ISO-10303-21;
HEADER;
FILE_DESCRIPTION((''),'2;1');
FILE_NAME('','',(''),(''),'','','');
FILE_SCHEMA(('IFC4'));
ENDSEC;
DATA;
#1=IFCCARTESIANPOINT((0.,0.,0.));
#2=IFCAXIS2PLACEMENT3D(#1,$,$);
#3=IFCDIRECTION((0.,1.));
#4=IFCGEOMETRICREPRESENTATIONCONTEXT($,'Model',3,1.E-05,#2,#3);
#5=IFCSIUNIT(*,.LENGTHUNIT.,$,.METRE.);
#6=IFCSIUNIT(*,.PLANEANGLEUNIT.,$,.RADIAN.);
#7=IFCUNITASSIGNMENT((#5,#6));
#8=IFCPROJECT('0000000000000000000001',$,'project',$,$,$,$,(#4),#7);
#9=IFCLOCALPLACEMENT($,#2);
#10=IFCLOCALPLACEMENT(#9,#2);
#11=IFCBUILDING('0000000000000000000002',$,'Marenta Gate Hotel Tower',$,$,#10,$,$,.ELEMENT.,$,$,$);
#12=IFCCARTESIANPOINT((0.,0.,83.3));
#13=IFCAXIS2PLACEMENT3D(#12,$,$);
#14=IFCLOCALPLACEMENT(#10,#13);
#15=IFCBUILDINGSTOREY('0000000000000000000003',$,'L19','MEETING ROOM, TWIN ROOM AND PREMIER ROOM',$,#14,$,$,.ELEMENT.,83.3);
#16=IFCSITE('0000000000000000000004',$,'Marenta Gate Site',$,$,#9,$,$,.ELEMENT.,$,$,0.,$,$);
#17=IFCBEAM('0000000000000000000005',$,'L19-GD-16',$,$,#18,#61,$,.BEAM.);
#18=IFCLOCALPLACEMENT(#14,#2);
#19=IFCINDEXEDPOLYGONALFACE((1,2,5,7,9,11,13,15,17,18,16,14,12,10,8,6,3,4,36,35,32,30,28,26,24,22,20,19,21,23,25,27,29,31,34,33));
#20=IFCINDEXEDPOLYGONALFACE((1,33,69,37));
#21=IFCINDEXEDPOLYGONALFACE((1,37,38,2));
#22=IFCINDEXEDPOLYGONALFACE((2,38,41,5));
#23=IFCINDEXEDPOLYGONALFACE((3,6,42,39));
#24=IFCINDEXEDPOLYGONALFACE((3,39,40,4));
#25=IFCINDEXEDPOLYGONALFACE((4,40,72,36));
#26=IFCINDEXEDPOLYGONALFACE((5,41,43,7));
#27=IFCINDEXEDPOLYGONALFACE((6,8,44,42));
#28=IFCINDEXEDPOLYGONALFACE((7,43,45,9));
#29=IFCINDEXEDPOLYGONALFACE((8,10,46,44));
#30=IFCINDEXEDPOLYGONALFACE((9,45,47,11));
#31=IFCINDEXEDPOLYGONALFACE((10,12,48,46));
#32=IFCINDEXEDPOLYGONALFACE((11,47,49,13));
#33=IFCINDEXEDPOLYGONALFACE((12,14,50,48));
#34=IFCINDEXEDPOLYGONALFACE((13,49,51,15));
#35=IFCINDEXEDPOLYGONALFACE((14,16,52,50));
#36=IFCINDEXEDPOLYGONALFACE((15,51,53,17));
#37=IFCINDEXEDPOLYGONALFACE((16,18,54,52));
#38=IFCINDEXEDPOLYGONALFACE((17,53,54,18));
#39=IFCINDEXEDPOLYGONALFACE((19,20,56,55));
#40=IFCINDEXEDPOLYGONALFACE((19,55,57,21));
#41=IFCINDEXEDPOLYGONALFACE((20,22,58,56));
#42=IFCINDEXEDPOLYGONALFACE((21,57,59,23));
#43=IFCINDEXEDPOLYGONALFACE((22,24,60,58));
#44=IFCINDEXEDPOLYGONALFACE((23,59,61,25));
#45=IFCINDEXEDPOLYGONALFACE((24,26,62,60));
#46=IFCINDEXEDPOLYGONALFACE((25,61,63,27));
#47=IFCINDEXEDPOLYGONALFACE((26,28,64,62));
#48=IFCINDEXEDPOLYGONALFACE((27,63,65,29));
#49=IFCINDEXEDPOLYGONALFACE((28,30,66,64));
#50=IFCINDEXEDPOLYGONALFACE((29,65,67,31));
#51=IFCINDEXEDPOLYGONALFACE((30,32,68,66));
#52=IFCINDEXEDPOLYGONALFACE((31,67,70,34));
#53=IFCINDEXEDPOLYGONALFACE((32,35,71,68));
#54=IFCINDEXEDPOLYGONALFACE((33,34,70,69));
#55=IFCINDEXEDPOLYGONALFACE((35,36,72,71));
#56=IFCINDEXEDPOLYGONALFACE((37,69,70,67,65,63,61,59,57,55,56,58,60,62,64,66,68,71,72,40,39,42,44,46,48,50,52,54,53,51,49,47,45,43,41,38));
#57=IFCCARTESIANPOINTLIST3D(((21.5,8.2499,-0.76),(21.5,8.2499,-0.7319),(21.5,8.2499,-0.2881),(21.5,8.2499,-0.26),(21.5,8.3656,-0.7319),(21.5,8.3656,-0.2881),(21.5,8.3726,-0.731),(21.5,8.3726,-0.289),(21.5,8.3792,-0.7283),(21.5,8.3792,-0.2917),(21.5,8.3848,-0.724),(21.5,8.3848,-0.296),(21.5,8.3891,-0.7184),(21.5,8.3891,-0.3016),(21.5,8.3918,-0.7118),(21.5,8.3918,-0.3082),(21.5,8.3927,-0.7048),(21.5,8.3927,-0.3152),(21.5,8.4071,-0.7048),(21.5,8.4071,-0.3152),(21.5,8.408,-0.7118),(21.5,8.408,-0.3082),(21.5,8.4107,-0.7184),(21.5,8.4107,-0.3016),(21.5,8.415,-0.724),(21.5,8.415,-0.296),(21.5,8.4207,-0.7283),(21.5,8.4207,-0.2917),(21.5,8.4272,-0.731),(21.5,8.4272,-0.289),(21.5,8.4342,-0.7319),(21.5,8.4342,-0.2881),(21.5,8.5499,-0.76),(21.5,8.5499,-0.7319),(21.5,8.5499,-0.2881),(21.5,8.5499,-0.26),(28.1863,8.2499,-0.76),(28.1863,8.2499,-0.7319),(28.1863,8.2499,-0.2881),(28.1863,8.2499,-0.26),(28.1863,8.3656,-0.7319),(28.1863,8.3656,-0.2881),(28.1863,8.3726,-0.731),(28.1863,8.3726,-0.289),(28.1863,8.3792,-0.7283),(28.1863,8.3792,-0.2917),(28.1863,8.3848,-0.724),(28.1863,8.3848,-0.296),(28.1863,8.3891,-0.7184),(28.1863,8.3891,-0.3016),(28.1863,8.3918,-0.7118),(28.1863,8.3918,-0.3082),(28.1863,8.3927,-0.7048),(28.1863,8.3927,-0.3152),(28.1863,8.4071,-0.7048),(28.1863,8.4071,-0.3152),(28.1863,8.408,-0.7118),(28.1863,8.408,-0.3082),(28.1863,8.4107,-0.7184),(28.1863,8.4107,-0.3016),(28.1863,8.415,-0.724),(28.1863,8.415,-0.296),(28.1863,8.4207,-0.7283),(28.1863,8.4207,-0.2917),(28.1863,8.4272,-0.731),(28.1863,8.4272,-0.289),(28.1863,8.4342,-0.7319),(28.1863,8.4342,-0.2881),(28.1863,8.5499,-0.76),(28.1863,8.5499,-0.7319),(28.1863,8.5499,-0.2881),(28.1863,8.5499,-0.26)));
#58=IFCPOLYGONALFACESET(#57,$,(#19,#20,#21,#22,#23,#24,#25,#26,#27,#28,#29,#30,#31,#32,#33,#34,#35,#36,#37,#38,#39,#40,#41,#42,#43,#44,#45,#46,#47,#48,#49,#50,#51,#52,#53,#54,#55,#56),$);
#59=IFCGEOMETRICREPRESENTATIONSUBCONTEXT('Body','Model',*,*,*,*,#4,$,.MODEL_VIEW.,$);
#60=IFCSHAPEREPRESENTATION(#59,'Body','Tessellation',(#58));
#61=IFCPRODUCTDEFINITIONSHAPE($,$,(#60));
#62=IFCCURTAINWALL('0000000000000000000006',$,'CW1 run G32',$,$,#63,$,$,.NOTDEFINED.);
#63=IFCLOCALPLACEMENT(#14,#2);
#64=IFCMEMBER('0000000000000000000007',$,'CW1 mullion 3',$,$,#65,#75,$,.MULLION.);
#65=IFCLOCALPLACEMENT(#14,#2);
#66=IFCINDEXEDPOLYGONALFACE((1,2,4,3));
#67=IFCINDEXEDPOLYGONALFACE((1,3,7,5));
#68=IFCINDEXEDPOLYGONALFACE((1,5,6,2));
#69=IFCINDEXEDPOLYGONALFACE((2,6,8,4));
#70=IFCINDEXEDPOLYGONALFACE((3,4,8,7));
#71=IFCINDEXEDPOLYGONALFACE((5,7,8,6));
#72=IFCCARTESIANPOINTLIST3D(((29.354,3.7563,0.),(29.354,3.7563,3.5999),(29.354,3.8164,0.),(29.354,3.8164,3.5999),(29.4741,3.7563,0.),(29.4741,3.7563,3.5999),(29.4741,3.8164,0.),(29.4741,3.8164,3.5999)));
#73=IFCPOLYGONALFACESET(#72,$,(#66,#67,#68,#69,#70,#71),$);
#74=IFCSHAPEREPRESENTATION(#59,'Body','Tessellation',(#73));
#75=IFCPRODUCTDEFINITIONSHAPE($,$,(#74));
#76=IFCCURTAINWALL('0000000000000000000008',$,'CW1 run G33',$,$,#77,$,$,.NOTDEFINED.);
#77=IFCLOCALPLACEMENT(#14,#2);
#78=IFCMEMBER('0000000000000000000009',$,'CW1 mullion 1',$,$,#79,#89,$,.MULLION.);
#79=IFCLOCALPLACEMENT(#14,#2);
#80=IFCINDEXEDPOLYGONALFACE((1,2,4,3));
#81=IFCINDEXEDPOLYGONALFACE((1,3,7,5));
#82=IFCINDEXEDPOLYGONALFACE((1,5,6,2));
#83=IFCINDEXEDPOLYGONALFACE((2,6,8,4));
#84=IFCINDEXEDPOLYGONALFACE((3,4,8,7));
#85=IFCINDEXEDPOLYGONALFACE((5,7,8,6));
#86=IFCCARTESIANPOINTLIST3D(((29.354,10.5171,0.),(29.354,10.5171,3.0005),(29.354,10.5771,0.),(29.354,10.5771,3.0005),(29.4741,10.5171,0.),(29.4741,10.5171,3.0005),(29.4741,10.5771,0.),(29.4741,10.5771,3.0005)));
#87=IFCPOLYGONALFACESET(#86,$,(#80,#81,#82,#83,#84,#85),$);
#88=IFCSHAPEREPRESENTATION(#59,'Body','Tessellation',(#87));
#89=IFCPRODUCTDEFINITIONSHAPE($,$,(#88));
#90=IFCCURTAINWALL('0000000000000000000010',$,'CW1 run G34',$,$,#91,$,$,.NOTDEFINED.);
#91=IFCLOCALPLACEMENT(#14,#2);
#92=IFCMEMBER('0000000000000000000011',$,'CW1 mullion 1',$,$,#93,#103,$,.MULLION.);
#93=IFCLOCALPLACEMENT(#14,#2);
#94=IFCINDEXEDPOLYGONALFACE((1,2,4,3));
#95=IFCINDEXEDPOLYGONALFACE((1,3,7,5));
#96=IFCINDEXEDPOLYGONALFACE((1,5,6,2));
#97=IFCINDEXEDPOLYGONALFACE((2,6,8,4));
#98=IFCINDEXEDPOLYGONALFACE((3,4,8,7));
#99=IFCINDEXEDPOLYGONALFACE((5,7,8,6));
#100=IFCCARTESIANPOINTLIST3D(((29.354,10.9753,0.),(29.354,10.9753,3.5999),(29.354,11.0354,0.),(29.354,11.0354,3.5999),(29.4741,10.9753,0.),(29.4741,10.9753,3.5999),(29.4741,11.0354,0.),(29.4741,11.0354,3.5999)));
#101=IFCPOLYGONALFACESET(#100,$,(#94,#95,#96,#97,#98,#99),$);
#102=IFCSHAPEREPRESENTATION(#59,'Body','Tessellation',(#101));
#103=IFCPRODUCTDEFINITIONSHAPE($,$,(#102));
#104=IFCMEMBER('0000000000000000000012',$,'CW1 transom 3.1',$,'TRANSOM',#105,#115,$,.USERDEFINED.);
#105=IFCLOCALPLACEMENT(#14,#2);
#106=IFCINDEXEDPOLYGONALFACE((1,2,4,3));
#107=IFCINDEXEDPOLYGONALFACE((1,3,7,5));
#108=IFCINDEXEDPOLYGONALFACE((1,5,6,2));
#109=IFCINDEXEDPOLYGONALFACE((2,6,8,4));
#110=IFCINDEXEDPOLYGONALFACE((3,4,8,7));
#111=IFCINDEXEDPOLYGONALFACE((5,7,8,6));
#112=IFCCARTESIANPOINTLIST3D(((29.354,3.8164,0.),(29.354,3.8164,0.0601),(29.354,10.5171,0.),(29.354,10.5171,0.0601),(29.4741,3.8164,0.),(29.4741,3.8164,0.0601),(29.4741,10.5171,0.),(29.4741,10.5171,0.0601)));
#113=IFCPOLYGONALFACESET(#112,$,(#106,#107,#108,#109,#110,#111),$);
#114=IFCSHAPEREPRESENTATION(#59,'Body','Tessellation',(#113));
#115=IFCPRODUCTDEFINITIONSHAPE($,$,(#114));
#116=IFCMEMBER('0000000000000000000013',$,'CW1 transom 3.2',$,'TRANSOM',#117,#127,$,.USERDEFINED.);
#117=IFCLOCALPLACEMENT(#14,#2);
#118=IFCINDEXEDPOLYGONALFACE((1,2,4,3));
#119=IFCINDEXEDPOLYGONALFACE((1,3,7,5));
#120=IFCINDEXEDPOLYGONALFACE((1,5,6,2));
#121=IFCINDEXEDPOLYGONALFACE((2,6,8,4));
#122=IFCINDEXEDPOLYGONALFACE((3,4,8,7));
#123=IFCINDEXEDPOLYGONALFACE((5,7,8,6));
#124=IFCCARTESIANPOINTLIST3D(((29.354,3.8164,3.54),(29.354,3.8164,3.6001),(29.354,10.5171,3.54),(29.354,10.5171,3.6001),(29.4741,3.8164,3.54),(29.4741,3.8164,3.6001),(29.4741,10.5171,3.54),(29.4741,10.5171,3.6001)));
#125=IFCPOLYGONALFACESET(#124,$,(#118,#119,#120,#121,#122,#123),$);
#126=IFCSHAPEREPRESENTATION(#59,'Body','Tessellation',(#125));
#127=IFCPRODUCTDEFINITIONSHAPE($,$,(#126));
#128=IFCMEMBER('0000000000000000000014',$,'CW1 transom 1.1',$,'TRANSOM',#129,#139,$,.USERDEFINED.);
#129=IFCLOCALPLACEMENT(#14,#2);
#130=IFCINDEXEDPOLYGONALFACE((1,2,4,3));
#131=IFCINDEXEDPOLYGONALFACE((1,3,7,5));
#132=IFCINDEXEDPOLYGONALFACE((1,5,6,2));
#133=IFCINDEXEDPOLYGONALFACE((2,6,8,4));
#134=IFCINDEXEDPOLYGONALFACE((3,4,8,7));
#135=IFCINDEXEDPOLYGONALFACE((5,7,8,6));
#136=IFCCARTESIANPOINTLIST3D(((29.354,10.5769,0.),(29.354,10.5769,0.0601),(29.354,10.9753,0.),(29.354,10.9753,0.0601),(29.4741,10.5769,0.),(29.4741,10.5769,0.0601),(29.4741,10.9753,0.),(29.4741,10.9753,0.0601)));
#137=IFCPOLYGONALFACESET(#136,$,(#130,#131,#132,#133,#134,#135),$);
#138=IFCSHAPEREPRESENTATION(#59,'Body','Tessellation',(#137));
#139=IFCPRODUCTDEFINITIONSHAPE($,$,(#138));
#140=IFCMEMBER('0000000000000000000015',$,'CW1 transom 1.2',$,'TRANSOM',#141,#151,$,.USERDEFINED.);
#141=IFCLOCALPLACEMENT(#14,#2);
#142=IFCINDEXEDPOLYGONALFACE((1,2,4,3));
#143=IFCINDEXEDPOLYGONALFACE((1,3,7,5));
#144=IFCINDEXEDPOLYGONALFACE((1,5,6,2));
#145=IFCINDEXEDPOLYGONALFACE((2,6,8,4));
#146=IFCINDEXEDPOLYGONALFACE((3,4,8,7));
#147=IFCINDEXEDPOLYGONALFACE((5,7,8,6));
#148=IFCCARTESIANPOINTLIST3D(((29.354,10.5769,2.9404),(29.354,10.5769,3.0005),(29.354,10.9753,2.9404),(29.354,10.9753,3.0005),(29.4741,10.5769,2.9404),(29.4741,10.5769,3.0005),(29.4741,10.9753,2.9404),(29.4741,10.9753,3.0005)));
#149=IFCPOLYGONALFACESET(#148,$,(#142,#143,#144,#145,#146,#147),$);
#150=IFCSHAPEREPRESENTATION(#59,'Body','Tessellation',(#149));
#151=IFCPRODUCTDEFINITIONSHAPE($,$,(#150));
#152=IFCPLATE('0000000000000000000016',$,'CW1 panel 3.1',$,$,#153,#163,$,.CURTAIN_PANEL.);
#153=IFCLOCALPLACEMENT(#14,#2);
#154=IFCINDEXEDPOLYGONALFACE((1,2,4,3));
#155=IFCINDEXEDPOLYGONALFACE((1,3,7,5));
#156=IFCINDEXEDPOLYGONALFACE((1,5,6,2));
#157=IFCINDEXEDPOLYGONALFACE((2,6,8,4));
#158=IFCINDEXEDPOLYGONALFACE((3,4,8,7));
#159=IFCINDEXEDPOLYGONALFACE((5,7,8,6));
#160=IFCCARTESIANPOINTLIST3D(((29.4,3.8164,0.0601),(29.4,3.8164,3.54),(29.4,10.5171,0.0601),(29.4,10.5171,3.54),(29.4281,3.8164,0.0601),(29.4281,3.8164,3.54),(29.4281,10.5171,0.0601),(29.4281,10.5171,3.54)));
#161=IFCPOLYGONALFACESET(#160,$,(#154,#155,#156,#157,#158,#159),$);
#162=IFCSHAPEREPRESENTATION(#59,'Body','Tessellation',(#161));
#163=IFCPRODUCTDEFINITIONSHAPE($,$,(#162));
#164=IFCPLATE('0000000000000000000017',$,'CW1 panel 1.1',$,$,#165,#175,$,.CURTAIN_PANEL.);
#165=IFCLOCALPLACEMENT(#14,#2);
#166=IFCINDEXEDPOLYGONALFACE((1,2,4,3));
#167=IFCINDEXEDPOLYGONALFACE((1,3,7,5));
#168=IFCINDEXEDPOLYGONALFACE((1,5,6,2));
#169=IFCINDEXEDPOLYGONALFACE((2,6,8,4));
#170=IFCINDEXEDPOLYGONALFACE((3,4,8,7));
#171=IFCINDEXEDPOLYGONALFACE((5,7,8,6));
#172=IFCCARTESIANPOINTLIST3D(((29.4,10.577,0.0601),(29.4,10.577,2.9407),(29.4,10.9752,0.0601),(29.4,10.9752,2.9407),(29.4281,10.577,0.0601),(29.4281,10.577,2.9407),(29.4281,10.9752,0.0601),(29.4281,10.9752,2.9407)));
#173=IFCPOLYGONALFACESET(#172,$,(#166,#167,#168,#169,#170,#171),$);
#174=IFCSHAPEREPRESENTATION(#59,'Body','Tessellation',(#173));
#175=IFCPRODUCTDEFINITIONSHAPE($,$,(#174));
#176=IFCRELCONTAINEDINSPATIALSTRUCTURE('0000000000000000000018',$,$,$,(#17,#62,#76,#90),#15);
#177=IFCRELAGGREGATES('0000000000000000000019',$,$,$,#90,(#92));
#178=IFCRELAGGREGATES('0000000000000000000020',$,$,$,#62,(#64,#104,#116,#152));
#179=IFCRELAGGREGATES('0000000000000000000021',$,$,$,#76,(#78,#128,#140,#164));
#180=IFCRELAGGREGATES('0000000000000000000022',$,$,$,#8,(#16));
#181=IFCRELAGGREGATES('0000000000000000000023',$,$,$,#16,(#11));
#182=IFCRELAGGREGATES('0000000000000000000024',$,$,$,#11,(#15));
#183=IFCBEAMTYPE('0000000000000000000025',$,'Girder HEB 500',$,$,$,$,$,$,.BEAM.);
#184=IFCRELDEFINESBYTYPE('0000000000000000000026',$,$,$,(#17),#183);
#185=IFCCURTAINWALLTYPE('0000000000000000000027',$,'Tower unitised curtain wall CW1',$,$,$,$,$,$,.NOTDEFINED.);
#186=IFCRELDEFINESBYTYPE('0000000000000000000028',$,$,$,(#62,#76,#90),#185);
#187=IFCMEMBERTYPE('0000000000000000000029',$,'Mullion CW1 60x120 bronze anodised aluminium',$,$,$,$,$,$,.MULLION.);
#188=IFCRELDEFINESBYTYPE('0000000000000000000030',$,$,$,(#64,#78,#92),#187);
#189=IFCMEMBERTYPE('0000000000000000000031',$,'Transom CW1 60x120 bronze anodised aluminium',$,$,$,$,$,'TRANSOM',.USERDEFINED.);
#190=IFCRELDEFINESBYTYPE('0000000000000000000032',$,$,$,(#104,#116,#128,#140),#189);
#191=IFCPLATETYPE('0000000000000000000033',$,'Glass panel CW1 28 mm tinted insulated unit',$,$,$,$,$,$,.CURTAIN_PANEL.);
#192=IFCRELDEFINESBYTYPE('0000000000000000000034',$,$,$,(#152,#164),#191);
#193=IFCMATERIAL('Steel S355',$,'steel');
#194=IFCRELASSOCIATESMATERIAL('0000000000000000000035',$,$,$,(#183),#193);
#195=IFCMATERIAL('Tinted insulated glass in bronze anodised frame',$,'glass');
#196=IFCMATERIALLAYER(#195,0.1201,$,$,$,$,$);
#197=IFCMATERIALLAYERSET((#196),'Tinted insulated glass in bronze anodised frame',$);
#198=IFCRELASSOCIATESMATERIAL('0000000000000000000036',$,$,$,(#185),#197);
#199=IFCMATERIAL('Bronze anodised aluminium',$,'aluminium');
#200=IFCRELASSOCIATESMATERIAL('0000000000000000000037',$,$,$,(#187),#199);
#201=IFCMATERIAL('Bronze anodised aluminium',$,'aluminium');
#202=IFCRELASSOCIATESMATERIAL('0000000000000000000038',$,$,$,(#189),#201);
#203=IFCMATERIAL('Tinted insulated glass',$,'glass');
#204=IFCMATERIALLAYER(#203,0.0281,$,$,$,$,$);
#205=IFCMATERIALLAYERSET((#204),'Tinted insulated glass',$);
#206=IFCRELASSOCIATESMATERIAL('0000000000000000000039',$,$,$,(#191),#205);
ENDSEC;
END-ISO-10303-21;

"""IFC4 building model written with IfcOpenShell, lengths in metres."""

from ifc_helpers import new_model, si_unit, direction, frame, origin, origin_2d, place, context, subcontext, project, spatial, rectangle, i_section, extrude, material, layer, layer_set, material_profile, profile_set, type_object, element, aggregate, save


model = new_model("IFC4")

# Units and contexts
model_context = context("Model", 3, precision=1e-05, world=origin(), true_north=direction((0.0, 1.0)))
body_context = subcontext(model_context, "Body", "Model", "MODEL_VIEW")
ifc_project = project(units=[si_unit("LENGTHUNIT", "METRE"), si_unit("PLANEANGLEUNIT", "RADIAN")], contexts=[model_context])

# Site, building, storey
site_placement = place(None, origin())
site = spatial("IfcSite", under=ifc_project, at=site_placement, Name="Marenta Gate Site", CompositionType="ELEMENT", RefElevation=0.0)
building_placement = place(site_placement, origin())
building = spatial("IfcBuilding", under=site, at=building_placement, Name="Marenta Gate Hotel Tower", CompositionType="ELEMENT")
storey_placement = place(building_placement, frame((0.0, 0.0, 83.3)))
storey = spatial("IfcBuildingStorey", under=building, at=storey_placement, Name="L19", Description="MEETING ROOM, TWIN ROOM AND PREMIER ROOM", CompositionType="ELEMENT", Elevation=83.3)

# Beam
ifc_material_1 = material(Name="Steel S355", Category="steel")
ifc_material_profile_1 = material_profile(ifc_material_1, i_section(OverallWidth=0.3, OverallDepth=0.5, WebThickness=0.0144, FlangeThickness=0.0281, FilletRadius=0.0271, at=origin_2d()), Name="HEB 500")
ifc_profile_set_1 = profile_set([ifc_material_profile_1], Name="Steel S355")
beam_type_1 = type_object("IfcBeamType", Name="Girder HEB 500", PredefinedType="BEAM", material=ifc_profile_set_1)
beam_1_placement = place(storey_placement, frame((21.5, 8.3999, -0.51), z_axis=(1.0, 0.0, 0.0), x_axis=(0.0, 1.0, 0.0)))
element("IfcBeam", 1, at=beam_1_placement, inside=storey, type_object=beam_type_1, Name="L19-GD-16", PredefinedType="BEAM", context=body_context, shape_type="SweptSolid", body=[
    extrude(i_section(OverallWidth=0.3, OverallDepth=0.5, WebThickness=0.0144, FlangeThickness=0.0281, FilletRadius=0.0271, at=origin_2d()), origin(), (0.0, 0.0, 1.0), 6.6863),
])

# Curtain walls, members
ifc_material_2 = material(Name="Tinted insulated glass in bronze anodised frame", Category="glass")
ifc_layer_1 = layer(ifc_material_2, 0.1201)
ifc_layer_set_1 = layer_set([ifc_layer_1], Name="Tinted insulated glass in bronze anodised frame")
curtain_wall_type = type_object("IfcCurtainWallType", Name="Tower unitised curtain wall CW1", PredefinedType="NOTDEFINED", material=ifc_layer_set_1)
curtain_wall_1_placement = place(storey_placement, origin())
curtain_wall_1 = element("IfcCurtainWall", 2, at=curtain_wall_1_placement, inside=storey, type_object=curtain_wall_type, Name="CW1 run G32", PredefinedType="NOTDEFINED")
ifc_material_3 = material(Name="Bronze anodised aluminium", Category="aluminium")
ifc_material_profile_2 = material_profile(ifc_material_3, rectangle(XDim=0.1201, YDim=0.0601, at=origin_2d()), Name="Mullion CW1 60x120 bronze anodised aluminium")
ifc_profile_set_2 = profile_set([ifc_material_profile_2], Name="Bronze anodised aluminium")
member_type_1 = type_object("IfcMemberType", Name="Mullion CW1 60x120 bronze anodised aluminium", PredefinedType="MULLION", material=ifc_profile_set_2)
member_1_placement = place(storey_placement, frame((29.4141, 3.7864, 0.0), z_axis=(0.0, 0.0, 1.0), x_axis=(-1.0, 0.0, 0.0)))
member_1 = element("IfcMember", 3, at=member_1_placement, type_object=member_type_1, Name="CW1 mullion 3", PredefinedType="MULLION", context=body_context, shape_type="SweptSolid", body=[
    extrude(rectangle(XDim=0.1201, YDim=0.0601, at=origin_2d()), origin(), (0.0, 0.0, 1.0), 3.5999),
])
curtain_wall_2_placement = place(storey_placement, origin())
curtain_wall_2 = element("IfcCurtainWall", 4, at=curtain_wall_2_placement, inside=storey, type_object=curtain_wall_type, Name="CW1 run G33", PredefinedType="NOTDEFINED")
member_2_placement = place(storey_placement, frame((29.4141, 10.5471, 0.0), z_axis=(0.0, 0.0, 1.0), x_axis=(-1.0, 0.0, 0.0)))
member_2 = element("IfcMember", 5, at=member_2_placement, type_object=member_type_1, Name="CW1 mullion 1", PredefinedType="MULLION", context=body_context, shape_type="SweptSolid", body=[
    extrude(rectangle(XDim=0.1201, YDim=0.0601, at=origin_2d()), origin(), (0.0, 0.0, 1.0), 3.0005),
])
curtain_wall_3_placement = place(storey_placement, origin())
curtain_wall_3 = element("IfcCurtainWall", 6, at=curtain_wall_3_placement, inside=storey, type_object=curtain_wall_type, Name="CW1 run G34", PredefinedType="NOTDEFINED")
member_3_placement = place(storey_placement, frame((29.4141, 11.0054, 0.0), z_axis=(0.0, 0.0, 1.0), x_axis=(-1.0, 0.0, 0.0)))
member_3 = element("IfcMember", 7, at=member_3_placement, type_object=member_type_1, Name="CW1 mullion 1", PredefinedType="MULLION", context=body_context, shape_type="SweptSolid", body=[
    extrude(rectangle(XDim=0.1201, YDim=0.0601, at=origin_2d()), origin(), (0.0, 0.0, 1.0), 3.5999),
])
aggregate(curtain_wall_3, [member_3])

# Members
ifc_material_4 = material(Name="Bronze anodised aluminium", Category="aluminium")
ifc_material_profile_3 = material_profile(ifc_material_4, rectangle(XDim=0.1201, YDim=0.0601, at=origin_2d()), Name="Transom CW1 60x120 bronze anodised aluminium")
ifc_profile_set_3 = profile_set([ifc_material_profile_3], Name="Bronze anodised aluminium")
member_type_2 = type_object("IfcMemberType", Name="Transom CW1 60x120 bronze anodised aluminium", ElementType="TRANSOM", PredefinedType="USERDEFINED", material=ifc_profile_set_3)
member_4_placement = place(storey_placement, frame((29.4141, 3.8164, 0.03), z_axis=(0.0, 1.0, 0.0), x_axis=(-1.0, 0.0, 0.0)))
member_4 = element("IfcMember", 8, at=member_4_placement, type_object=member_type_2, Name="CW1 transom 3.1", ObjectType="TRANSOM", PredefinedType="USERDEFINED", context=body_context, shape_type="SweptSolid", body=[
    extrude(rectangle(XDim=0.1201, YDim=0.0601, at=origin_2d()), origin(), (0.0, 0.0, 1.0), 6.7007),
])
member_5_placement = place(storey_placement, frame((29.4141, 3.8164, 3.5701), z_axis=(0.0, 1.0, 0.0), x_axis=(-1.0, 0.0, 0.0)))
member_5 = element("IfcMember", 9, at=member_5_placement, type_object=member_type_2, Name="CW1 transom 3.2", ObjectType="TRANSOM", PredefinedType="USERDEFINED", context=body_context, shape_type="SweptSolid", body=[
    extrude(rectangle(XDim=0.1201, YDim=0.0601, at=origin_2d()), origin(), (0.0, 0.0, 1.0), 6.7007),
])
member_6_placement = place(storey_placement, frame((29.4141, 10.5769, 0.03), z_axis=(0.0, 1.0, 0.0), x_axis=(-1.0, 0.0, 0.0)))
member_6 = element("IfcMember", 10, at=member_6_placement, type_object=member_type_2, Name="CW1 transom 1.1", ObjectType="TRANSOM", PredefinedType="USERDEFINED", context=body_context, shape_type="SweptSolid", body=[
    extrude(rectangle(XDim=0.1201, YDim=0.0601, at=origin_2d()), origin(), (0.0, 0.0, 1.0), 0.3984),
])
member_7_placement = place(storey_placement, frame((29.4141, 10.5769, 2.9705), z_axis=(0.0, 1.0, 0.0), x_axis=(-1.0, 0.0, 0.0)))
member_7 = element("IfcMember", 11, at=member_7_placement, type_object=member_type_2, Name="CW1 transom 1.2", ObjectType="TRANSOM", PredefinedType="USERDEFINED", context=body_context, shape_type="SweptSolid", body=[
    extrude(rectangle(XDim=0.1201, YDim=0.0601, at=origin_2d()), origin(), (0.0, 0.0, 1.0), 0.3984),
])

# Plates
ifc_material_5 = material(Name="Tinted insulated glass", Category="glass")
ifc_layer_2 = layer(ifc_material_5, 0.0281)
ifc_layer_set_2 = layer_set([ifc_layer_2], Name="Tinted insulated glass")
plate_type = type_object("IfcPlateType", Name="Glass panel CW1 28 mm tinted insulated unit", PredefinedType="CURTAIN_PANEL", material=ifc_layer_set_2)
plate_1_placement = place(storey_placement, frame((29.4141, 7.1667, 0.0601), z_axis=(0.0, 0.0, 1.0), x_axis=(0.0, 1.0, 0.0)))
plate_1 = element("IfcPlate", 12, at=plate_1_placement, type_object=plate_type, Name="CW1 panel 3.1", PredefinedType="CURTAIN_PANEL", context=body_context, shape_type="SweptSolid", body=[
    extrude(rectangle(XDim=6.7007, YDim=0.0281, at=origin_2d()), origin(), (0.0, 0.0, 1.0), 3.48),
])
aggregate(curtain_wall_1, [member_1, member_4, member_5, plate_1])
plate_2_placement = place(storey_placement, frame((29.4141, 10.7761, 0.0601), z_axis=(0.0, 0.0, 1.0), x_axis=(0.0, 1.0, 0.0)))
plate_2 = element("IfcPlate", 13, at=plate_2_placement, type_object=plate_type, Name="CW1 panel 1.1", PredefinedType="CURTAIN_PANEL", context=body_context, shape_type="SweptSolid", body=[
    extrude(rectangle(XDim=0.3982, YDim=0.0281, at=origin_2d()), origin(), (0.0, 0.0, 1.0), 2.8806),
])
aggregate(curtain_wall_2, [member_2, member_6, member_7, plate_2])

save(model, "model.ifc")
